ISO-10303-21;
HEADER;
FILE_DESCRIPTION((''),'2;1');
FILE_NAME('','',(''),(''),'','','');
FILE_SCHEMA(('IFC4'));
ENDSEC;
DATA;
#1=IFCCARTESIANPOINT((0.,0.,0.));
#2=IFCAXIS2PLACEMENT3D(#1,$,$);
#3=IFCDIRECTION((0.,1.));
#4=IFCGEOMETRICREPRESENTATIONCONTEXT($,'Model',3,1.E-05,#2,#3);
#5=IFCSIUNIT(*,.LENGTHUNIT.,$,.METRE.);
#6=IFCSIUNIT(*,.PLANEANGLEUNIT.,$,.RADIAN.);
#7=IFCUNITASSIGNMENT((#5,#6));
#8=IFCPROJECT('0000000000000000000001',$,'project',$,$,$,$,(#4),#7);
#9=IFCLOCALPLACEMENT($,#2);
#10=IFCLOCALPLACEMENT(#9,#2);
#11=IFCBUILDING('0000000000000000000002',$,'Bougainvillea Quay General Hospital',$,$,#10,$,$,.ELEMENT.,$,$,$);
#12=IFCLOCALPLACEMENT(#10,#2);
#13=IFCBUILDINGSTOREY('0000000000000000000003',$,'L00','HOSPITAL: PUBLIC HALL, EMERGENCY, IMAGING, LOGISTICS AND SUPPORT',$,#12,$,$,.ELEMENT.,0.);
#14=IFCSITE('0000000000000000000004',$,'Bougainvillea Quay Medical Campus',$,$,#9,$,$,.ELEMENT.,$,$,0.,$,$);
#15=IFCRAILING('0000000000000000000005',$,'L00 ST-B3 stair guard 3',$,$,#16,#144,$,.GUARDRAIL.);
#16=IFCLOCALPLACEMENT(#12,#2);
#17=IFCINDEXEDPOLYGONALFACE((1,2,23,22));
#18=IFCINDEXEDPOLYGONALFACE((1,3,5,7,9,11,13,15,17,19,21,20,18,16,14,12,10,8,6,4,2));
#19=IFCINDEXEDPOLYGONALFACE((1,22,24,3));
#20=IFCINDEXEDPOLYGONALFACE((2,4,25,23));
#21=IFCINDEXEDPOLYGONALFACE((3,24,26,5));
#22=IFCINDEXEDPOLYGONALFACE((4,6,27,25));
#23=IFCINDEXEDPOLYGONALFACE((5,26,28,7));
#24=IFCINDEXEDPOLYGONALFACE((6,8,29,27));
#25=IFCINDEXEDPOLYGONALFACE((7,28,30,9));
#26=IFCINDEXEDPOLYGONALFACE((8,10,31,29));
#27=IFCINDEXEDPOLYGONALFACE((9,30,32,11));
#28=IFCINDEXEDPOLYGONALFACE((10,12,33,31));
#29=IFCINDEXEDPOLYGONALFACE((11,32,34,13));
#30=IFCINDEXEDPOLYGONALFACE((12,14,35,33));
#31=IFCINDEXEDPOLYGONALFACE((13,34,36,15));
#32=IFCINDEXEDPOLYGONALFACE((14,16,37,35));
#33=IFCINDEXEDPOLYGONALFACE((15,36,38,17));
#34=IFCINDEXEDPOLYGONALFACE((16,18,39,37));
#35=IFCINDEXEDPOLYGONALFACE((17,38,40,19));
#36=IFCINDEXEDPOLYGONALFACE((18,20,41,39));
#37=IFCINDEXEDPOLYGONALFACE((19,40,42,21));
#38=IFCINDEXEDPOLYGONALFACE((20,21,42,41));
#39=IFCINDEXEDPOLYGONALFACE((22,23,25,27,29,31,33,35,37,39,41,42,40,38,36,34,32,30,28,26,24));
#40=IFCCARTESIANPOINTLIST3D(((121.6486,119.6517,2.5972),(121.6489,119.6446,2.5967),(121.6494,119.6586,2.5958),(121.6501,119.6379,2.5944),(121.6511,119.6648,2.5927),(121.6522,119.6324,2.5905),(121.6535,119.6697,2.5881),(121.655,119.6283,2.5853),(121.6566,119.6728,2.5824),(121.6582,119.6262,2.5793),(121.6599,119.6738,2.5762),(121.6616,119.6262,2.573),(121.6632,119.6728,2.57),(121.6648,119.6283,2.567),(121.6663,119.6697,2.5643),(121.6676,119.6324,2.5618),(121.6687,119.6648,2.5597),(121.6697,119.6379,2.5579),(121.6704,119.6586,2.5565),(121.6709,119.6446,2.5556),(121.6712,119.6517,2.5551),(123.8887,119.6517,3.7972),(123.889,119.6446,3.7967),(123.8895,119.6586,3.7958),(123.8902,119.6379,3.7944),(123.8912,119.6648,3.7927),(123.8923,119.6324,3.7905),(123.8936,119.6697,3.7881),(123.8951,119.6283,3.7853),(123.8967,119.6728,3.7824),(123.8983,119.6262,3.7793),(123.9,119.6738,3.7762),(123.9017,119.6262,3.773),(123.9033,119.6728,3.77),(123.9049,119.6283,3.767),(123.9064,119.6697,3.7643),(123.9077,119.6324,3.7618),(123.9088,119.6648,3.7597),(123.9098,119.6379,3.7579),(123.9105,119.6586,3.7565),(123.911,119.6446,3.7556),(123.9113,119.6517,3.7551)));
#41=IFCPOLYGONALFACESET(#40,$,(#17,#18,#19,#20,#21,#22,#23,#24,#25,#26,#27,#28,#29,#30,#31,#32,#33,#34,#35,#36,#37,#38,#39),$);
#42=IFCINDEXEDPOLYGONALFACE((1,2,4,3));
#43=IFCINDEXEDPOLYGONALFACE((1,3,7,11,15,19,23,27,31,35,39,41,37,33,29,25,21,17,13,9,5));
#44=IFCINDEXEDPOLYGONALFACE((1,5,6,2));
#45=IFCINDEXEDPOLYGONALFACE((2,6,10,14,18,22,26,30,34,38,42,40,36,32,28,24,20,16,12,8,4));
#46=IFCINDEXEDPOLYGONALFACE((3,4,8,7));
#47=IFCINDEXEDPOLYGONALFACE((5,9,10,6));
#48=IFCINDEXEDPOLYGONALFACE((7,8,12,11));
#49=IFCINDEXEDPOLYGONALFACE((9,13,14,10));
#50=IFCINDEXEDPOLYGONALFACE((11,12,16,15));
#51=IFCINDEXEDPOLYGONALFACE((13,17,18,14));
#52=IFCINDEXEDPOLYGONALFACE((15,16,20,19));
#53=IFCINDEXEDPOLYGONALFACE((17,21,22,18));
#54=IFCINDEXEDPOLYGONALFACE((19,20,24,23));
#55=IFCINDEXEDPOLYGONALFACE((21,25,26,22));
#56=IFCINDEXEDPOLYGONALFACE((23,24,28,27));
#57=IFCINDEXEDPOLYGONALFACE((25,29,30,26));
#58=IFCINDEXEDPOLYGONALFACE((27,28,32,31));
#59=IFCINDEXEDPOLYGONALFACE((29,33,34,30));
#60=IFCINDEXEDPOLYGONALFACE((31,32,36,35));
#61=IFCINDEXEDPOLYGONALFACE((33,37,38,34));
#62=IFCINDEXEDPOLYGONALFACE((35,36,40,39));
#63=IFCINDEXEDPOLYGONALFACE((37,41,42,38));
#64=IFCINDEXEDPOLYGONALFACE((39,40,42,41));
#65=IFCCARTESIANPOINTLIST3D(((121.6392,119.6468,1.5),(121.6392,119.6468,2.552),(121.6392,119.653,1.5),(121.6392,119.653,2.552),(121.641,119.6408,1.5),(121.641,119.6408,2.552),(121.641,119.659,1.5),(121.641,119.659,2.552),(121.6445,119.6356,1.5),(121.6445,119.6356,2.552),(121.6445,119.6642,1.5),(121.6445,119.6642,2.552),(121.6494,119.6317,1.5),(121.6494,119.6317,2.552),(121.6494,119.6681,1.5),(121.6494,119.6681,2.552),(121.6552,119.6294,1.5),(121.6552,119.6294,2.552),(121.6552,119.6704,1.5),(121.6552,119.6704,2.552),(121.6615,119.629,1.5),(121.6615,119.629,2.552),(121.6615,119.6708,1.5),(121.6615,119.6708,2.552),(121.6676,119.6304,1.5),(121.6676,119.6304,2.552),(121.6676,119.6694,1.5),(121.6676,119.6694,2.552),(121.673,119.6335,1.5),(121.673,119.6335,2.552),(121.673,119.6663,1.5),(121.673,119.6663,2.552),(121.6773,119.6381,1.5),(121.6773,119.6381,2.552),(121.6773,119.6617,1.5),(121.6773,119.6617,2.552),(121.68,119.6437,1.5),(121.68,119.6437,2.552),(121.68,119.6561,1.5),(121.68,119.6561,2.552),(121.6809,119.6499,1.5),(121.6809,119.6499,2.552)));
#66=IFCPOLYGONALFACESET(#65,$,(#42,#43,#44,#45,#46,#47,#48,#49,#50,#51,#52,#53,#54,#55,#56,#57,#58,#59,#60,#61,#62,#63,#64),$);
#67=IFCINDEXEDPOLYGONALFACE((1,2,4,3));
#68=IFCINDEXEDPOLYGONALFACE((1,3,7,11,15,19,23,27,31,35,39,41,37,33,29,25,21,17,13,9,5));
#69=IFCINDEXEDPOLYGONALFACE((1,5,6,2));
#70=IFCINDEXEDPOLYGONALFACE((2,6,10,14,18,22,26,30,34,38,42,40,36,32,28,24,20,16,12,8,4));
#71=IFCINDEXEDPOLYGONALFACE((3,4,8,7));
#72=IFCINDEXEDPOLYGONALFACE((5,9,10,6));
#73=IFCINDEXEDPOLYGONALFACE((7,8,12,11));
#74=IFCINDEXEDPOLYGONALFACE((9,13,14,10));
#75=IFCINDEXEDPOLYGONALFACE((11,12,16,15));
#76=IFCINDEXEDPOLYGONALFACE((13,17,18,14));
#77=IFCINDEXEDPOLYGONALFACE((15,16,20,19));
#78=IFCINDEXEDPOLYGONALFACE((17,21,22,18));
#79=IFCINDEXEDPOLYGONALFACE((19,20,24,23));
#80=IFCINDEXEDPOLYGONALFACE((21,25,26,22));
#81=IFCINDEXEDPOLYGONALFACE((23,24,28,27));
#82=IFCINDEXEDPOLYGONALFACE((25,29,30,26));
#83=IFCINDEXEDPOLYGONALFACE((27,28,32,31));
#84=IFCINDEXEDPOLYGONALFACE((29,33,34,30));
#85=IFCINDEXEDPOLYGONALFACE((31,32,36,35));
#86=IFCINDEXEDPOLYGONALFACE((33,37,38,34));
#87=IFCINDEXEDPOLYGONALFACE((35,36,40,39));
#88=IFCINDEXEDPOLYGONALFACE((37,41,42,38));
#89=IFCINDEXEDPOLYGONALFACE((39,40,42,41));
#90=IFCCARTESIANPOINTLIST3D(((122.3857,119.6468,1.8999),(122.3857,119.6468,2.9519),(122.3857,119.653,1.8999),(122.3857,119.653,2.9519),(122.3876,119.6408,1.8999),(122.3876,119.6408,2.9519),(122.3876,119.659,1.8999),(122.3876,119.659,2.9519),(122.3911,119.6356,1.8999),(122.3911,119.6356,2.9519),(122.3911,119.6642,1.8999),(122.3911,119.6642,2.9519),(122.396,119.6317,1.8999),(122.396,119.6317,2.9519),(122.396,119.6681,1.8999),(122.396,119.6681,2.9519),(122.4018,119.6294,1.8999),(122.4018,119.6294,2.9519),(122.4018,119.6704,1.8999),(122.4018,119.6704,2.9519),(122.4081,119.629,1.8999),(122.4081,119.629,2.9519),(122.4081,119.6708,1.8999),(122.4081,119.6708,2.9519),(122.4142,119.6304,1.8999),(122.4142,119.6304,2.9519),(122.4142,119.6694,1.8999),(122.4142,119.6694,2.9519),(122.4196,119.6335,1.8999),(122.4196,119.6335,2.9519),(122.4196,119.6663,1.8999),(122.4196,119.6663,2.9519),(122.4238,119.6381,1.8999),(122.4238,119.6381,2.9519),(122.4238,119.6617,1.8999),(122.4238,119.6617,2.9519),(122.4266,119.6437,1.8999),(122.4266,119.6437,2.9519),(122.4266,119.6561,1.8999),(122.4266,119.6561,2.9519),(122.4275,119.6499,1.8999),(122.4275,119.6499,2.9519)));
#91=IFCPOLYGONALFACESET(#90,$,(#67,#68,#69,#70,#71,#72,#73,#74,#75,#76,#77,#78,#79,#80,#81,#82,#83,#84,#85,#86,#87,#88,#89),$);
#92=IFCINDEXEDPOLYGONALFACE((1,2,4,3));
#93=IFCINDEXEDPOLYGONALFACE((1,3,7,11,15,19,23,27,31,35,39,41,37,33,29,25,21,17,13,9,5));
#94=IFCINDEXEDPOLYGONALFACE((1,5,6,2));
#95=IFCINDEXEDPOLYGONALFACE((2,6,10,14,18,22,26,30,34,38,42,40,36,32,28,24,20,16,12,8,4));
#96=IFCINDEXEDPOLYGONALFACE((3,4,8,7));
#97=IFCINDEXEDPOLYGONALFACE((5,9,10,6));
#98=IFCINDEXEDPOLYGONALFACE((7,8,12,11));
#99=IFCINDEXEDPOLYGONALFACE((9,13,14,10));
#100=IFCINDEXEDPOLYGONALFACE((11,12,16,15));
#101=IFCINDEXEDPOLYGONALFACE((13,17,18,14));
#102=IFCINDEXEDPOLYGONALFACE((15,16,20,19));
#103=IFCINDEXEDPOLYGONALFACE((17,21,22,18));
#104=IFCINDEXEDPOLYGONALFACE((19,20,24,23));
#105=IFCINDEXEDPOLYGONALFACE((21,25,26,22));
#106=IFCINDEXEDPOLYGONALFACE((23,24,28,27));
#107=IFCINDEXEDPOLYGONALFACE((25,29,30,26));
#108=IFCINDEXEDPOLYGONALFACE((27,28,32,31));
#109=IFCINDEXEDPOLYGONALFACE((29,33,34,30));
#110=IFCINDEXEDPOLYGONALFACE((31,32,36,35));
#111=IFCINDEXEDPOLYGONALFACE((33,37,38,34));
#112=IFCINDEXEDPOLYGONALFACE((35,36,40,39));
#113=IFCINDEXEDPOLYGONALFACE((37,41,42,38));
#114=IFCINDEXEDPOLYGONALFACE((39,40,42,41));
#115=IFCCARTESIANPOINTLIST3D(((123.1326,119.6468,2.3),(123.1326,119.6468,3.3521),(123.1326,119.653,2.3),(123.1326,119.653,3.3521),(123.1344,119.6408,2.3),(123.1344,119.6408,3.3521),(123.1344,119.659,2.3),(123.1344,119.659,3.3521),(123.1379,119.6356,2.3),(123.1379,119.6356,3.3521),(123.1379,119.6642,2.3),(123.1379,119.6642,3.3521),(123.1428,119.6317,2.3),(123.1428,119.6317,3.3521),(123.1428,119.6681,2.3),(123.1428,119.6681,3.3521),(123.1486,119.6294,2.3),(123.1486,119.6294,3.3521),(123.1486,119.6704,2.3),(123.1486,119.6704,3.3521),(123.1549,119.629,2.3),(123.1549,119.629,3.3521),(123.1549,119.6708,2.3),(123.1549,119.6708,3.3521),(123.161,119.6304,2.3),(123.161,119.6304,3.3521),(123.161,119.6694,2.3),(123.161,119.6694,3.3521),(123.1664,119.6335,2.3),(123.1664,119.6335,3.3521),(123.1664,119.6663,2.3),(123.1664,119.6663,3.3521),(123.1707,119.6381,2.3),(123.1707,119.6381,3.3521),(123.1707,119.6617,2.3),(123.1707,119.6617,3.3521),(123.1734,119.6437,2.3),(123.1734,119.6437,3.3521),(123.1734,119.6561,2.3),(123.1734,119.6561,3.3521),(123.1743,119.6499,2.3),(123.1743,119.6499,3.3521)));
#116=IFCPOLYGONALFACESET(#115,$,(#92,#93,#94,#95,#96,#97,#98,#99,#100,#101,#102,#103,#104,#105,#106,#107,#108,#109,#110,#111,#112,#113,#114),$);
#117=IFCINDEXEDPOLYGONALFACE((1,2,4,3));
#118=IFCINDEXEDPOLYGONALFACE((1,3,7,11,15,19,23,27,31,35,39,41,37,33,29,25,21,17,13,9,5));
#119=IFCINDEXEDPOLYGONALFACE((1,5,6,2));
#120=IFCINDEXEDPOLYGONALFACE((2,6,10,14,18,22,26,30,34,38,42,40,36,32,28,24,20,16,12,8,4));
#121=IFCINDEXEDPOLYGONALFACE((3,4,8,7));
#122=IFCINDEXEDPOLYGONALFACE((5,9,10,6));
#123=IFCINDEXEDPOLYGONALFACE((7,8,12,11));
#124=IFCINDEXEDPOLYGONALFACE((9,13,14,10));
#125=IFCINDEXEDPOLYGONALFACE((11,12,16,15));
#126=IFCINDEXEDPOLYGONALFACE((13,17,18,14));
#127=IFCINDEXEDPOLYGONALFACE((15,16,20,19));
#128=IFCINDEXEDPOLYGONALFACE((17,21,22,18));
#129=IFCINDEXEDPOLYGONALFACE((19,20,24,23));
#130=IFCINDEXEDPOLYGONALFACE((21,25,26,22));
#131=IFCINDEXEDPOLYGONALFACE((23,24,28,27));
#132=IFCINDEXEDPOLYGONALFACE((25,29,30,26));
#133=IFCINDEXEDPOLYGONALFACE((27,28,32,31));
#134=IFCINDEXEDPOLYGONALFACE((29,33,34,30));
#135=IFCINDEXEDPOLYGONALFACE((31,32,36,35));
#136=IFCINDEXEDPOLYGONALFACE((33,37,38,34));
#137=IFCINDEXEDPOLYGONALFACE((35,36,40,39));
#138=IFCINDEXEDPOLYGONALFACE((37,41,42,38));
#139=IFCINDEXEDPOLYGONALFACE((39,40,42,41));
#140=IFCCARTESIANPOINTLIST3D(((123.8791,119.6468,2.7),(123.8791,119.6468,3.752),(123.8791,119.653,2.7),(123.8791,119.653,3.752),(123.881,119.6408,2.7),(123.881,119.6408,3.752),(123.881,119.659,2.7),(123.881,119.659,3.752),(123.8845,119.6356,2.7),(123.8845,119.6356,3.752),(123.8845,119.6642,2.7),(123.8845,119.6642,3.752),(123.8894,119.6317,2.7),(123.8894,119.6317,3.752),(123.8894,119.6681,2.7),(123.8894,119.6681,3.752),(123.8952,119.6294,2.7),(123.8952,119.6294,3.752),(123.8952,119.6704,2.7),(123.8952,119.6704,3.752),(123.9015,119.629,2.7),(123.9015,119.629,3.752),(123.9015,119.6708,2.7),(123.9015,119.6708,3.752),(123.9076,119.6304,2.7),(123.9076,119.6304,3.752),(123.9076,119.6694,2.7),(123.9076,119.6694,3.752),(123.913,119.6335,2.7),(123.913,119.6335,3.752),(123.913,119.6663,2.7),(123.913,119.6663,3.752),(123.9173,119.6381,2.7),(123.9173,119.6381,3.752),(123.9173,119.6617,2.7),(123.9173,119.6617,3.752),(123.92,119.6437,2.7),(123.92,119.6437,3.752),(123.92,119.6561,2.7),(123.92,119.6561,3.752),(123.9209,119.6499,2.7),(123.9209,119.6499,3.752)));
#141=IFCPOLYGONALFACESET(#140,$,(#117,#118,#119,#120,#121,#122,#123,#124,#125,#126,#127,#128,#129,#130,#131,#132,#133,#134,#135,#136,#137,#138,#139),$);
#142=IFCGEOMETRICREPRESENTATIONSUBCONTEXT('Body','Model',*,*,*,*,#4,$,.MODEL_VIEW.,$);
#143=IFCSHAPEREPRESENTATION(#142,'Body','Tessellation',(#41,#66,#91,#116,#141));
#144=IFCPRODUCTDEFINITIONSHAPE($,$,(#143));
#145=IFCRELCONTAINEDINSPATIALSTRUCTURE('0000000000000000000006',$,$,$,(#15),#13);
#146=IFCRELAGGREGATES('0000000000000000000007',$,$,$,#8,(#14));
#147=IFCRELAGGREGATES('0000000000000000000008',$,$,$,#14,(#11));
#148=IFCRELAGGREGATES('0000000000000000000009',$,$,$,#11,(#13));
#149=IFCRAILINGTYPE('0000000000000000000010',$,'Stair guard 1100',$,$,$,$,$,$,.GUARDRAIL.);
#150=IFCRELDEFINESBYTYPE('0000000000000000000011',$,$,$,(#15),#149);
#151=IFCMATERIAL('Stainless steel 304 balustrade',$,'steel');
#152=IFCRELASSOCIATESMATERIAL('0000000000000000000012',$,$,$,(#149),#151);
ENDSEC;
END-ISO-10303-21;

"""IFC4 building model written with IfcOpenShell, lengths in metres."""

from ifc_helpers import new_model, si_unit, direction, frame, origin, origin_2d, place, context, subcontext, project, spatial, circle, extrude, material, type_object, element, save


model = new_model("IFC4")

# Units and contexts
model_context = context("Model", 3, precision=1e-05, world=origin(), true_north=direction((0.0, 1.0)))
body_context = subcontext(model_context, "Body", "Model", "MODEL_VIEW")
ifc_project = project(units=[si_unit("LENGTHUNIT", "METRE"), si_unit("PLANEANGLEUNIT", "RADIAN")], contexts=[model_context])

# Site, building, storey
site_placement = place(None, origin())
site = spatial("IfcSite", under=ifc_project, at=site_placement, Name="Bougainvillea Quay Medical Campus", CompositionType="ELEMENT", RefElevation=0.0)
building_placement = place(site_placement, origin())
building = spatial("IfcBuilding", under=site, at=building_placement, Name="Bougainvillea Quay General Hospital", CompositionType="ELEMENT")
storey_placement = place(building_placement, origin())
storey = spatial("IfcBuildingStorey", under=building, at=storey_placement, Name="L00", Description="HOSPITAL: PUBLIC HALL, EMERGENCY, IMAGING, LOGISTICS AND SUPPORT", CompositionType="ELEMENT", Elevation=0.0)

# Railing
ifc_material_1 = material(Name="Stainless steel 304 balustrade", Category="steel")
railing_type_1 = type_object("IfcRailingType", Name="Stair guard 1100", PredefinedType="GUARDRAIL", material=ifc_material_1)
railing_1_placement = place(storey_placement, frame((121.6599, 119.6499, 1.5)))
element("IfcRailing", 1, at=railing_1_placement, inside=storey, type_object=railing_type_1, Name="L00 ST-B3 stair guard 3", PredefinedType="GUARDRAIL", context=body_context, shape_type="SweptSolid", body=[
    extrude(circle(Radius=0.0239, at=origin_2d()), frame((0.0, 0.0, 1.0762), z_axis=(0.881487, 0.0, 0.472208), x_axis=(0.0, 1.0, 0.0)), (0.0, 0.0, 1.0), 2.5413),
    extrude(circle(Radius=0.021, at=origin_2d()), origin(), (0.0, 0.0, 1.0), 1.052),
    extrude(circle(Radius=0.021, at=origin_2d()), frame((0.7466, 0.0, 0.3999)), (0.0, 0.0, 1.0), 1.052),
    extrude(circle(Radius=0.021, at=origin_2d()), frame((1.4934, 0.0, 0.8)), (0.0, 0.0, 1.0), 1.052),
    extrude(circle(Radius=0.021, at=origin_2d()), frame((2.24, 0.0, 1.2)), (0.0, 0.0, 1.0), 1.052),
])

save(model, "model.ifc")
